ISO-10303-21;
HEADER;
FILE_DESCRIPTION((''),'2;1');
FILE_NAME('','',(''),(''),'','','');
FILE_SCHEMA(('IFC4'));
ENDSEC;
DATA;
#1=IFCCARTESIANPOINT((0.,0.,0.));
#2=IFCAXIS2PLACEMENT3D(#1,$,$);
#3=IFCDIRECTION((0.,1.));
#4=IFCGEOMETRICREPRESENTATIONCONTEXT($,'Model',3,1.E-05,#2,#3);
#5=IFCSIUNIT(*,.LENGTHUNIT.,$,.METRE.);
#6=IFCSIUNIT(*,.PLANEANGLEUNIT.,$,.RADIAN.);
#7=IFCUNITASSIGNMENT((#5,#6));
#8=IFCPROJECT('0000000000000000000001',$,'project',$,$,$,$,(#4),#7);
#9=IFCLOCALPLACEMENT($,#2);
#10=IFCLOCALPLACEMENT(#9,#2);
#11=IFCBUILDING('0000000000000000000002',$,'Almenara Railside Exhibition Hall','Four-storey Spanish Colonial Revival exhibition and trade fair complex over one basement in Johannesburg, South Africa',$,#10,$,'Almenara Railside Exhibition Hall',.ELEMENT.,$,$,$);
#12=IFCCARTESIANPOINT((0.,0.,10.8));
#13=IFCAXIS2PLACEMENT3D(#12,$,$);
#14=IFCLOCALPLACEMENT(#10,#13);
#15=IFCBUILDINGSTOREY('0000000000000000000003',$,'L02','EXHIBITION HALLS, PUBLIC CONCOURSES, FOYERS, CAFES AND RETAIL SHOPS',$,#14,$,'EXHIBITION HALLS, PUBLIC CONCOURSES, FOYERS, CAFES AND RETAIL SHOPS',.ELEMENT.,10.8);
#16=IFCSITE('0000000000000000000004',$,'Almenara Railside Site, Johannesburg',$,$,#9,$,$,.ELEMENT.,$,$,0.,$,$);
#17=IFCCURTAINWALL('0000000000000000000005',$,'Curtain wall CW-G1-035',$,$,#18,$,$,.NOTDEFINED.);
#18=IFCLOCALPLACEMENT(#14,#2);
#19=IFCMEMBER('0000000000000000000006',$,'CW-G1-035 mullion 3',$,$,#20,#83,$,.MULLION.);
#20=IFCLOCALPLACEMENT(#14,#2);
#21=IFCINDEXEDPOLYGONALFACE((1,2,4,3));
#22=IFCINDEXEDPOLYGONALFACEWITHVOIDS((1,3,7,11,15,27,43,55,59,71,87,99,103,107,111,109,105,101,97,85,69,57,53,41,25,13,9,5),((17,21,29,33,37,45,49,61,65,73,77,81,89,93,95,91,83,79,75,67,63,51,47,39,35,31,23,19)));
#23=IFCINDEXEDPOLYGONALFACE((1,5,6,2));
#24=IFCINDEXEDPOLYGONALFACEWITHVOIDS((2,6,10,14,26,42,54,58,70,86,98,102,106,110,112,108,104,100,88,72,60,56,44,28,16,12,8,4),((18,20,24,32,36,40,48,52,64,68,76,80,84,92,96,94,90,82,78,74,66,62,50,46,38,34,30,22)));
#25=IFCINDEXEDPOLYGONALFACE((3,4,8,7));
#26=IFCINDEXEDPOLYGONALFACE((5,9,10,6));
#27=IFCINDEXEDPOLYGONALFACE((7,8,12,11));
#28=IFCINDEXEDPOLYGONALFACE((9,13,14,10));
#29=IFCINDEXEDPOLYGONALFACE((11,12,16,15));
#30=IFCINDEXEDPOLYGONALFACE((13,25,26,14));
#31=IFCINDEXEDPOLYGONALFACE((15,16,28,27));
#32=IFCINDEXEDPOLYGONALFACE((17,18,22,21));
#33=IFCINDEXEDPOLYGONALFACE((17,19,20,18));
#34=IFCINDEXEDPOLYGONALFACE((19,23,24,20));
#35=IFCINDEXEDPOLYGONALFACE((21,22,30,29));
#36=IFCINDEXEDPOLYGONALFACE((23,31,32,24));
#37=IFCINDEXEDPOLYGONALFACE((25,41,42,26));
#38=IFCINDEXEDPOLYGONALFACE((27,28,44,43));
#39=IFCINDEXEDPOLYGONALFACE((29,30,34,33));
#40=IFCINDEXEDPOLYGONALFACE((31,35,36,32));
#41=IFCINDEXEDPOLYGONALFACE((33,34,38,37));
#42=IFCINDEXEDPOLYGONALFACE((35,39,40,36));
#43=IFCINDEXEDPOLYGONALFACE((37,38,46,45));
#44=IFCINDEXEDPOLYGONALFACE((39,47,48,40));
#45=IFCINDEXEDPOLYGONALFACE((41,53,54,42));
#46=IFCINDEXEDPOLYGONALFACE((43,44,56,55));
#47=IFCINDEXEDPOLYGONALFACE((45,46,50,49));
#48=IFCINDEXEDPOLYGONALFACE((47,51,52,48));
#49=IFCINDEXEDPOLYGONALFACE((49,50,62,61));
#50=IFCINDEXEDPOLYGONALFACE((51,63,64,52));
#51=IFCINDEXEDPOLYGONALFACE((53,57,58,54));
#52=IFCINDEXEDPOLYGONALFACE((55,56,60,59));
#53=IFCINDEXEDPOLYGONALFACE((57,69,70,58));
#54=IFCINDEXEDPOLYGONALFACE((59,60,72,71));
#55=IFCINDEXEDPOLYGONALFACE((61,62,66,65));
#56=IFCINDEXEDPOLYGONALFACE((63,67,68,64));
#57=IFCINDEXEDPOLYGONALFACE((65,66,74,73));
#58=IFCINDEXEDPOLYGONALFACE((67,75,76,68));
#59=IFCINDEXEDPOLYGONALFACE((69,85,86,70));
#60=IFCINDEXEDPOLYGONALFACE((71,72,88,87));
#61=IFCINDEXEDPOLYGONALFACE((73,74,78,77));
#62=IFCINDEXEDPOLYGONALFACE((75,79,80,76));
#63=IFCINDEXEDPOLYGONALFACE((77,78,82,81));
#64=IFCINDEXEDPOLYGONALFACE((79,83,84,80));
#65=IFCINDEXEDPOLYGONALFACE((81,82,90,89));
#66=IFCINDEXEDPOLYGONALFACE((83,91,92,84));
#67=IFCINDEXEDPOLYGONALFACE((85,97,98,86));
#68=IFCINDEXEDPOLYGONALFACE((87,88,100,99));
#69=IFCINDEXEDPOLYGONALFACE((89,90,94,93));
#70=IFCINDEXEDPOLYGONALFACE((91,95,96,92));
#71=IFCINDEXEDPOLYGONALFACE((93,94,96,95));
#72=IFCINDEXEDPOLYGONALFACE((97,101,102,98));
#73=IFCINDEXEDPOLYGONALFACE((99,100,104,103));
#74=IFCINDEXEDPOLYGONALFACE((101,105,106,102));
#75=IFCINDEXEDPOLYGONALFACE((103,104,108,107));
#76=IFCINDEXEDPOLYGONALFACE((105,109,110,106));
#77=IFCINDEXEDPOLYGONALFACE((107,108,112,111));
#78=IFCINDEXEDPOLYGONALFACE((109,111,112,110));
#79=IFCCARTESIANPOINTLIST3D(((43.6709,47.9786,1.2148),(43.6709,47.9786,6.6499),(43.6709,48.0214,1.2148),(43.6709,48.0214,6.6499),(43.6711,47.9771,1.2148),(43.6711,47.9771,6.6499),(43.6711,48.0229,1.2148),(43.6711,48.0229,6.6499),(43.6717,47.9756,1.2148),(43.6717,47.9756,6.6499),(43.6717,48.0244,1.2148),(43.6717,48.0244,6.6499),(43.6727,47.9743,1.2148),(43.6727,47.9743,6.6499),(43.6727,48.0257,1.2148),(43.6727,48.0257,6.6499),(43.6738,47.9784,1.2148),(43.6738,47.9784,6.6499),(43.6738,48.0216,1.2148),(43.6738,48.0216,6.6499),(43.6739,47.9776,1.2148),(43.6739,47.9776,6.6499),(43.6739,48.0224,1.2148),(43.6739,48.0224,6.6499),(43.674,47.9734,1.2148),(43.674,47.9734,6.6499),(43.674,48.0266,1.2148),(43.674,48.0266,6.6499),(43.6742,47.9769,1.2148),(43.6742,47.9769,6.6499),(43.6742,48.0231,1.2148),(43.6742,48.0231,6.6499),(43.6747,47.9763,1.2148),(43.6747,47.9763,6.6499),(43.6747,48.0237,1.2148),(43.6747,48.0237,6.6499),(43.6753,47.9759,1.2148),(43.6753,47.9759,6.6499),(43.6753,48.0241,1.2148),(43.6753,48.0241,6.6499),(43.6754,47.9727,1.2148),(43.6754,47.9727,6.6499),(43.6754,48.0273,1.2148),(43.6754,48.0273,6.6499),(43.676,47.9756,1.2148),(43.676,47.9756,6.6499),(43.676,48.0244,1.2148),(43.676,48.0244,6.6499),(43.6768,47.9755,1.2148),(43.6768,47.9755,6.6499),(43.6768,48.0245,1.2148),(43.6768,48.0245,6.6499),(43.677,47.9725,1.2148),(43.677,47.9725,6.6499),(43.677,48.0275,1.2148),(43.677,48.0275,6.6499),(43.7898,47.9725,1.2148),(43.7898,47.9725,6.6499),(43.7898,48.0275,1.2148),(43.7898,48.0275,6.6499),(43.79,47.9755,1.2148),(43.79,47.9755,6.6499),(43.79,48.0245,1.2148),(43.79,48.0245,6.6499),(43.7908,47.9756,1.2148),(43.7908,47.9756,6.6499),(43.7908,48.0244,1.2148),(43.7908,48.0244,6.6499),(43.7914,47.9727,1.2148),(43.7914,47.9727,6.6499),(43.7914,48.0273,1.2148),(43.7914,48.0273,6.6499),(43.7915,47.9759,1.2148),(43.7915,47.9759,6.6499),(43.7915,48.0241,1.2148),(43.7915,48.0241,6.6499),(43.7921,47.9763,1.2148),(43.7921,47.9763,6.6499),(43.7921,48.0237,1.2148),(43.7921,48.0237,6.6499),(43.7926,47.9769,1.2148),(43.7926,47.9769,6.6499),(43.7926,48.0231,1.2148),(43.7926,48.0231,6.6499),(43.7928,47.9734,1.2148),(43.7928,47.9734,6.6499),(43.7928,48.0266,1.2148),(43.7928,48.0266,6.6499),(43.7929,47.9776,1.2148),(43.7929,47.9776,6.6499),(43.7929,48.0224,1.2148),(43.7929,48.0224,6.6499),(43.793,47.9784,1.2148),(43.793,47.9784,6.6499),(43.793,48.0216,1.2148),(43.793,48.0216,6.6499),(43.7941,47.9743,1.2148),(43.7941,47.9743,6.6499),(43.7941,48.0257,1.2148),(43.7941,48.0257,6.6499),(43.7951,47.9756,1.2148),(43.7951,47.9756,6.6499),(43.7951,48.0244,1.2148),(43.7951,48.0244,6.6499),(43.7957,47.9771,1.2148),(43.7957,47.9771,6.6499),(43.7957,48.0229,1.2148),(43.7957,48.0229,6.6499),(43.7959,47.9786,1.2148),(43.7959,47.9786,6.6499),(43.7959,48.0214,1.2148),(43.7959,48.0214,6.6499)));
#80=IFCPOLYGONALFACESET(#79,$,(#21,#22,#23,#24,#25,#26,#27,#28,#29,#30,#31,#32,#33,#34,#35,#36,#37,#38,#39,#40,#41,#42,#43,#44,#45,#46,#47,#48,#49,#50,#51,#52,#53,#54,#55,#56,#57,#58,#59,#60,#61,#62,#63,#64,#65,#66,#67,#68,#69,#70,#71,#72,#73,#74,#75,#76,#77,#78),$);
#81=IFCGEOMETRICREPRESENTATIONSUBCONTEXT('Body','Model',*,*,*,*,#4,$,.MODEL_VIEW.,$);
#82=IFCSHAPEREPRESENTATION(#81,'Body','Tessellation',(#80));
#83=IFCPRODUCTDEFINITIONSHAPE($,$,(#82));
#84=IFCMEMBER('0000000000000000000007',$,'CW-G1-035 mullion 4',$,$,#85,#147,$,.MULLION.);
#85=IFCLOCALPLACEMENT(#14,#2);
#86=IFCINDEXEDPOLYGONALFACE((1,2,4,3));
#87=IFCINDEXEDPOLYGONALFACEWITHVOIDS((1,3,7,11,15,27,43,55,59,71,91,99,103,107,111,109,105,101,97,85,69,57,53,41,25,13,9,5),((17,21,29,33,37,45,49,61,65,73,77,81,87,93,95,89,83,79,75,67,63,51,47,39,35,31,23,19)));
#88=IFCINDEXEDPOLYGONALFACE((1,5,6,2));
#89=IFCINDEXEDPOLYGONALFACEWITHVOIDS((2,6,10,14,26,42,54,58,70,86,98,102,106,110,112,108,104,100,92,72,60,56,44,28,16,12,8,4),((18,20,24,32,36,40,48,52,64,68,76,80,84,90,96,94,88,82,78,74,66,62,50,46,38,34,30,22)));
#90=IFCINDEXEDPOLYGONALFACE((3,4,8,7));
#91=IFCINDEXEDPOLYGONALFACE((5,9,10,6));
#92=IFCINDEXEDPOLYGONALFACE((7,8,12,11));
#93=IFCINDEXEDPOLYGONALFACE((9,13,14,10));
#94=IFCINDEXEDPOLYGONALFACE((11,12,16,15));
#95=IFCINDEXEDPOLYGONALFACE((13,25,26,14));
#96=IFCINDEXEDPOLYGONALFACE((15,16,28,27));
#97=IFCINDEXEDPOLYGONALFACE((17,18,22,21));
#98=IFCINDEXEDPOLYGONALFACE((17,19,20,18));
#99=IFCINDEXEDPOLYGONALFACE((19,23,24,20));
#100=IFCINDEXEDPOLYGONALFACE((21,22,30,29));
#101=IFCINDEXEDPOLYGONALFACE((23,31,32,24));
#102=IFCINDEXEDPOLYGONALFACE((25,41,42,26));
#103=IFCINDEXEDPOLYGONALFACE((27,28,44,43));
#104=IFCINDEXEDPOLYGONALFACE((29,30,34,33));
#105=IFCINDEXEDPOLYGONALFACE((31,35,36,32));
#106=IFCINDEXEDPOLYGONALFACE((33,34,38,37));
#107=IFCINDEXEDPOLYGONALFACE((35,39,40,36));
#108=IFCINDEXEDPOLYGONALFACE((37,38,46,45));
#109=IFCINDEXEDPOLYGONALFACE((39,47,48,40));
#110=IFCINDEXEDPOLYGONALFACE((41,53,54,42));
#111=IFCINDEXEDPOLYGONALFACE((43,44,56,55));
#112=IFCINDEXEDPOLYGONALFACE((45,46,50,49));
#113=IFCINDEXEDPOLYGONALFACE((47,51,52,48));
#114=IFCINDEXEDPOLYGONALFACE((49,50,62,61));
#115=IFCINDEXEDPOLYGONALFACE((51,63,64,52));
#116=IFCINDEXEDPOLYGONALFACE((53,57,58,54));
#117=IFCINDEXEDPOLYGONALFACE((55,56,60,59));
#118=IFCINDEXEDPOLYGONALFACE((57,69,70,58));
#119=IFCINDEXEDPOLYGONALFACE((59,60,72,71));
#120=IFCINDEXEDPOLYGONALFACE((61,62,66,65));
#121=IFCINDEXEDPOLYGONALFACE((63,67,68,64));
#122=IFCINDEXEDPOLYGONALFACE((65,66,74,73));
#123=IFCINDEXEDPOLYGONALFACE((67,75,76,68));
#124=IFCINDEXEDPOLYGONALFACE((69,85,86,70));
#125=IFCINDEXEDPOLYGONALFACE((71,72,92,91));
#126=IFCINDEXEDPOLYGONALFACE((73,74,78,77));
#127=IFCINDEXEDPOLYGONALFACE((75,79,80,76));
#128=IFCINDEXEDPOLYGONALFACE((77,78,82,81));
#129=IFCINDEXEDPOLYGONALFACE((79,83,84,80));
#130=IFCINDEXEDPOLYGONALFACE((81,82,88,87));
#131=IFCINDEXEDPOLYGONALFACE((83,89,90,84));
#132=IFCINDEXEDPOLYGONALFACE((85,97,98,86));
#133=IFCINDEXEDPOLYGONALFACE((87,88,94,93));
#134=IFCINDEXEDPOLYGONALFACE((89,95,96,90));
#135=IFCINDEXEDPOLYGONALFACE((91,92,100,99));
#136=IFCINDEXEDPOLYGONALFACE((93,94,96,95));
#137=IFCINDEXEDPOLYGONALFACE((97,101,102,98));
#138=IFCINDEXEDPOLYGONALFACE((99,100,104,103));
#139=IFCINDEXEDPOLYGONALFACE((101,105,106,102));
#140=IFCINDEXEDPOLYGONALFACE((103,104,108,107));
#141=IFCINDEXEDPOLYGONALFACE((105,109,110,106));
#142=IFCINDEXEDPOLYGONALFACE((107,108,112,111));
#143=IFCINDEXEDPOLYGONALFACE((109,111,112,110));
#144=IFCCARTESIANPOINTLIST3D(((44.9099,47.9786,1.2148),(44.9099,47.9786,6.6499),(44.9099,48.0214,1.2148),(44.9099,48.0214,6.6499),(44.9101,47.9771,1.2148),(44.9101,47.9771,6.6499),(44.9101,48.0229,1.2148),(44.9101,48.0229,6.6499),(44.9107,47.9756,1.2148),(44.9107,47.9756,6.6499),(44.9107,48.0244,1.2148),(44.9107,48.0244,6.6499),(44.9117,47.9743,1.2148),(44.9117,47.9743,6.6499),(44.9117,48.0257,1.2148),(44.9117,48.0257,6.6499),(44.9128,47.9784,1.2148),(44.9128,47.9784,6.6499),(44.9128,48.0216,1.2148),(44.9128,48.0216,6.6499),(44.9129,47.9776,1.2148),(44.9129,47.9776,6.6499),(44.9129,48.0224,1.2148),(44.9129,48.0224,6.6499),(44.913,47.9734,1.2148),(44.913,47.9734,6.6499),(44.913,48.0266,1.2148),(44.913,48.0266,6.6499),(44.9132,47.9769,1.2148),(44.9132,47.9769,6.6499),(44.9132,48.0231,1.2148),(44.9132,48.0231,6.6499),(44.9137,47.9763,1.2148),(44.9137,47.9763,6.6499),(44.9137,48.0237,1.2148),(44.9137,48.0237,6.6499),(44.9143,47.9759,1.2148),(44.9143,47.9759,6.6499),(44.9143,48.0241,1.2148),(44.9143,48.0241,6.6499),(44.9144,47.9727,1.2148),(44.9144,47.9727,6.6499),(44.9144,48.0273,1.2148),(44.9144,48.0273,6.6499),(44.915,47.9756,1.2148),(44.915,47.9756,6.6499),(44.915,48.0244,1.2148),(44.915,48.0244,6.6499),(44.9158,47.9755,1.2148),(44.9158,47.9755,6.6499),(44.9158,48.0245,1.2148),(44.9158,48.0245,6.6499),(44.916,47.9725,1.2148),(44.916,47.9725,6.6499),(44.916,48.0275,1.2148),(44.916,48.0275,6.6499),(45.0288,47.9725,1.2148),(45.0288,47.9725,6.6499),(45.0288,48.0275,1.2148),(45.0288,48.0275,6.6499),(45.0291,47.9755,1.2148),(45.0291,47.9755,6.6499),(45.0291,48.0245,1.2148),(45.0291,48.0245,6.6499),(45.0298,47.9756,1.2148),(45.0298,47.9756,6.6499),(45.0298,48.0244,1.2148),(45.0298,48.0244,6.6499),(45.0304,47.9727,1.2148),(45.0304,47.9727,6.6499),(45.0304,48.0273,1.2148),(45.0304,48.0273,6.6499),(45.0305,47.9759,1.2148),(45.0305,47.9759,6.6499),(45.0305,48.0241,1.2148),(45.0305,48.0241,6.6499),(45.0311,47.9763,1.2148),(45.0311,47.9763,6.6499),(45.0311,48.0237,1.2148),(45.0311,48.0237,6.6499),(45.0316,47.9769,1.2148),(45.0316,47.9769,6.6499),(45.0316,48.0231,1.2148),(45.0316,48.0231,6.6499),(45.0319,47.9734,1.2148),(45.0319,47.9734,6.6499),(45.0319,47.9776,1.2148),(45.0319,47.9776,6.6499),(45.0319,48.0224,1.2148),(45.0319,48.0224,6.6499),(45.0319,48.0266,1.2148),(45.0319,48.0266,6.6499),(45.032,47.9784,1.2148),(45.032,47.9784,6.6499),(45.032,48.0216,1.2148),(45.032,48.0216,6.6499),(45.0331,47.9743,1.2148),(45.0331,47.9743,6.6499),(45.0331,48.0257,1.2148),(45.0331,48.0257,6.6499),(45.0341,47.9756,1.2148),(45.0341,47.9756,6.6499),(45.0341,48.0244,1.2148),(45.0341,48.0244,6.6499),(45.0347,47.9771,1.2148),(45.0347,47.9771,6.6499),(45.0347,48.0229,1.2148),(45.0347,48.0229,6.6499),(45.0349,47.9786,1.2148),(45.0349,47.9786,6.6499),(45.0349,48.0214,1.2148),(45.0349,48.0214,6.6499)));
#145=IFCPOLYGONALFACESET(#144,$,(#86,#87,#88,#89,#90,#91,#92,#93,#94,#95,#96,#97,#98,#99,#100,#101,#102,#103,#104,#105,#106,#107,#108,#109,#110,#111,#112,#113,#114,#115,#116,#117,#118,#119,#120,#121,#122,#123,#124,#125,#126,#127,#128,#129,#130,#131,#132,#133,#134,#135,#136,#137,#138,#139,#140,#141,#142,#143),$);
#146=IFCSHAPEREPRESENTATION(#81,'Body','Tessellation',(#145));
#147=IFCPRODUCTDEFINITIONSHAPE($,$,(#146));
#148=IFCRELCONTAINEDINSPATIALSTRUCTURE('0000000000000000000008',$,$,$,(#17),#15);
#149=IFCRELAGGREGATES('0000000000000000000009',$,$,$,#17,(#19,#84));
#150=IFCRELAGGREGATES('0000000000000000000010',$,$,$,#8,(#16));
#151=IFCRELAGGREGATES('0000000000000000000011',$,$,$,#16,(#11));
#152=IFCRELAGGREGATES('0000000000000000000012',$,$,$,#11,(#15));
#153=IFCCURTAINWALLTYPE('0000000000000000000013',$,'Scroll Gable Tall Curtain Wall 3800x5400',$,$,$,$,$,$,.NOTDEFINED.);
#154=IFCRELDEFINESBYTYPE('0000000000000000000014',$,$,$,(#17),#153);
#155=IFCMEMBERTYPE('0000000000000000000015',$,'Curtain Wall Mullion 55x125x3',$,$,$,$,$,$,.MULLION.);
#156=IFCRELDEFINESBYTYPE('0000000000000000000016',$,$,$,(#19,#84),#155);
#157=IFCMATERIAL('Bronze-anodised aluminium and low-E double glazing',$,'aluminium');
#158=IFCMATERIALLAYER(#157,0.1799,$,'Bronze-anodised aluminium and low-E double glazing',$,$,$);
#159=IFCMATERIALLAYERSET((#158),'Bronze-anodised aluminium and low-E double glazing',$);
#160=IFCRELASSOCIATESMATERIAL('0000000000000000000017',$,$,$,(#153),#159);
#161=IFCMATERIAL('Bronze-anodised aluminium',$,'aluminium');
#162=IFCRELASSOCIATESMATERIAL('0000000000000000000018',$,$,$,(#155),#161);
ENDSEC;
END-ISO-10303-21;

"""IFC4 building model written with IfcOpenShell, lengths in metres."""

from ifc_helpers import new_model, si_unit, direction, frame, origin, origin_2d, place, context, subcontext, project, spatial, hollow_rectangle, extrude, material, layer, layer_set, material_profile, profile_set, type_object, element, aggregate, save


model = new_model("IFC4")

# Units and contexts
model_context = context("Model", 3, precision=1e-05, world=origin(), true_north=direction((0.0, 1.0)))
body_context = subcontext(model_context, "Body", "Model", "MODEL_VIEW")
ifc_project = project(units=[si_unit("LENGTHUNIT", "METRE"), si_unit("PLANEANGLEUNIT", "RADIAN")], contexts=[model_context])

# Site, building, storey
site_placement = place(None, origin())
site = spatial("IfcSite", under=ifc_project, at=site_placement, Name="Almenara Railside Site, Johannesburg", CompositionType="ELEMENT", RefElevation=0.0)
building_placement = place(site_placement, origin())
building = spatial("IfcBuilding", under=site, at=building_placement, Name="Almenara Railside Exhibition Hall", Description="Four-storey Spanish Colonial Revival exhibition and trade fair complex over one basement in Johannesburg, South Africa", LongName="Almenara Railside Exhibition Hall", CompositionType="ELEMENT")
storey_placement = place(building_placement, frame((0.0, 0.0, 10.8)))
storey = spatial("IfcBuildingStorey", under=building, at=storey_placement, Name="L02", Description="EXHIBITION HALLS, PUBLIC CONCOURSES, FOYERS, CAFES AND RETAIL SHOPS", LongName="EXHIBITION HALLS, PUBLIC CONCOURSES, FOYERS, CAFES AND RETAIL SHOPS", CompositionType="ELEMENT", Elevation=10.8)

# Curtain wall, members
ifc_material_1 = material(Name="Bronze-anodised aluminium and low-E double glazing", Category="aluminium")
ifc_layer_1 = layer(ifc_material_1, 0.1799, Name="Bronze-anodised aluminium and low-E double glazing")
ifc_layer_set_1 = layer_set([ifc_layer_1], Name="Bronze-anodised aluminium and low-E double glazing")
curtain_wall_type = type_object("IfcCurtainWallType", Name="Scroll Gable Tall Curtain Wall 3800x5400", PredefinedType="NOTDEFINED", material=ifc_layer_set_1)
curtain_wall_1_placement = place(storey_placement, origin())
curtain_wall_1 = element("IfcCurtainWall", 1, at=curtain_wall_1_placement, inside=storey, type_object=curtain_wall_type, Name="Curtain wall CW-G1-035", PredefinedType="NOTDEFINED")
ifc_material_2 = material(Name="Bronze-anodised aluminium", Category="aluminium")
ifc_material_profile_1 = material_profile(ifc_material_2, hollow_rectangle(XDim=0.0549, YDim=0.125, WallThickness=0.0029, InnerFilletRadius=0.0029, OuterFilletRadius=0.0061, at=origin_2d()), Name="ALU-MUL 55x125x3")
ifc_profile_set_1 = profile_set([ifc_material_profile_1], Name="Bronze-anodised aluminium")
member_type_1 = type_object("IfcMemberType", Name="Curtain Wall Mullion 55x125x3", PredefinedType="MULLION", material=ifc_profile_set_1)
member_1_placement = place(storey_placement, frame((43.7334, 48.0, 1.2148), z_axis=(0.0, 0.0, 1.0), x_axis=(0.0, 1.0, 0.0)))
member_1 = element("IfcMember", 2, at=member_1_placement, type_object=member_type_1, Name="CW-G1-035 mullion 3", PredefinedType="MULLION", context=body_context, shape_type="SweptSolid", body=[
    extrude(hollow_rectangle(XDim=0.0549, YDim=0.125, WallThickness=0.0029, InnerFilletRadius=0.0029, OuterFilletRadius=0.0061, at=origin_2d()), origin(), (0.0, 0.0, 1.0), 5.4351),
])
member_2_placement = place(storey_placement, frame((44.9724, 48.0, 1.2148), z_axis=(0.0, 0.0, 1.0), x_axis=(0.0, 1.0, 0.0)))
member_2 = element("IfcMember", 3, at=member_2_placement, type_object=member_type_1, Name="CW-G1-035 mullion 4", PredefinedType="MULLION", context=body_context, shape_type="SweptSolid", body=[
    extrude(hollow_rectangle(XDim=0.0549, YDim=0.125, WallThickness=0.0029, InnerFilletRadius=0.0029, OuterFilletRadius=0.0061, at=origin_2d()), origin(), (0.0, 0.0, 1.0), 5.4351),
])

aggregate(curtain_wall_1, [member_1, member_2])

save(model, "model.ifc")
